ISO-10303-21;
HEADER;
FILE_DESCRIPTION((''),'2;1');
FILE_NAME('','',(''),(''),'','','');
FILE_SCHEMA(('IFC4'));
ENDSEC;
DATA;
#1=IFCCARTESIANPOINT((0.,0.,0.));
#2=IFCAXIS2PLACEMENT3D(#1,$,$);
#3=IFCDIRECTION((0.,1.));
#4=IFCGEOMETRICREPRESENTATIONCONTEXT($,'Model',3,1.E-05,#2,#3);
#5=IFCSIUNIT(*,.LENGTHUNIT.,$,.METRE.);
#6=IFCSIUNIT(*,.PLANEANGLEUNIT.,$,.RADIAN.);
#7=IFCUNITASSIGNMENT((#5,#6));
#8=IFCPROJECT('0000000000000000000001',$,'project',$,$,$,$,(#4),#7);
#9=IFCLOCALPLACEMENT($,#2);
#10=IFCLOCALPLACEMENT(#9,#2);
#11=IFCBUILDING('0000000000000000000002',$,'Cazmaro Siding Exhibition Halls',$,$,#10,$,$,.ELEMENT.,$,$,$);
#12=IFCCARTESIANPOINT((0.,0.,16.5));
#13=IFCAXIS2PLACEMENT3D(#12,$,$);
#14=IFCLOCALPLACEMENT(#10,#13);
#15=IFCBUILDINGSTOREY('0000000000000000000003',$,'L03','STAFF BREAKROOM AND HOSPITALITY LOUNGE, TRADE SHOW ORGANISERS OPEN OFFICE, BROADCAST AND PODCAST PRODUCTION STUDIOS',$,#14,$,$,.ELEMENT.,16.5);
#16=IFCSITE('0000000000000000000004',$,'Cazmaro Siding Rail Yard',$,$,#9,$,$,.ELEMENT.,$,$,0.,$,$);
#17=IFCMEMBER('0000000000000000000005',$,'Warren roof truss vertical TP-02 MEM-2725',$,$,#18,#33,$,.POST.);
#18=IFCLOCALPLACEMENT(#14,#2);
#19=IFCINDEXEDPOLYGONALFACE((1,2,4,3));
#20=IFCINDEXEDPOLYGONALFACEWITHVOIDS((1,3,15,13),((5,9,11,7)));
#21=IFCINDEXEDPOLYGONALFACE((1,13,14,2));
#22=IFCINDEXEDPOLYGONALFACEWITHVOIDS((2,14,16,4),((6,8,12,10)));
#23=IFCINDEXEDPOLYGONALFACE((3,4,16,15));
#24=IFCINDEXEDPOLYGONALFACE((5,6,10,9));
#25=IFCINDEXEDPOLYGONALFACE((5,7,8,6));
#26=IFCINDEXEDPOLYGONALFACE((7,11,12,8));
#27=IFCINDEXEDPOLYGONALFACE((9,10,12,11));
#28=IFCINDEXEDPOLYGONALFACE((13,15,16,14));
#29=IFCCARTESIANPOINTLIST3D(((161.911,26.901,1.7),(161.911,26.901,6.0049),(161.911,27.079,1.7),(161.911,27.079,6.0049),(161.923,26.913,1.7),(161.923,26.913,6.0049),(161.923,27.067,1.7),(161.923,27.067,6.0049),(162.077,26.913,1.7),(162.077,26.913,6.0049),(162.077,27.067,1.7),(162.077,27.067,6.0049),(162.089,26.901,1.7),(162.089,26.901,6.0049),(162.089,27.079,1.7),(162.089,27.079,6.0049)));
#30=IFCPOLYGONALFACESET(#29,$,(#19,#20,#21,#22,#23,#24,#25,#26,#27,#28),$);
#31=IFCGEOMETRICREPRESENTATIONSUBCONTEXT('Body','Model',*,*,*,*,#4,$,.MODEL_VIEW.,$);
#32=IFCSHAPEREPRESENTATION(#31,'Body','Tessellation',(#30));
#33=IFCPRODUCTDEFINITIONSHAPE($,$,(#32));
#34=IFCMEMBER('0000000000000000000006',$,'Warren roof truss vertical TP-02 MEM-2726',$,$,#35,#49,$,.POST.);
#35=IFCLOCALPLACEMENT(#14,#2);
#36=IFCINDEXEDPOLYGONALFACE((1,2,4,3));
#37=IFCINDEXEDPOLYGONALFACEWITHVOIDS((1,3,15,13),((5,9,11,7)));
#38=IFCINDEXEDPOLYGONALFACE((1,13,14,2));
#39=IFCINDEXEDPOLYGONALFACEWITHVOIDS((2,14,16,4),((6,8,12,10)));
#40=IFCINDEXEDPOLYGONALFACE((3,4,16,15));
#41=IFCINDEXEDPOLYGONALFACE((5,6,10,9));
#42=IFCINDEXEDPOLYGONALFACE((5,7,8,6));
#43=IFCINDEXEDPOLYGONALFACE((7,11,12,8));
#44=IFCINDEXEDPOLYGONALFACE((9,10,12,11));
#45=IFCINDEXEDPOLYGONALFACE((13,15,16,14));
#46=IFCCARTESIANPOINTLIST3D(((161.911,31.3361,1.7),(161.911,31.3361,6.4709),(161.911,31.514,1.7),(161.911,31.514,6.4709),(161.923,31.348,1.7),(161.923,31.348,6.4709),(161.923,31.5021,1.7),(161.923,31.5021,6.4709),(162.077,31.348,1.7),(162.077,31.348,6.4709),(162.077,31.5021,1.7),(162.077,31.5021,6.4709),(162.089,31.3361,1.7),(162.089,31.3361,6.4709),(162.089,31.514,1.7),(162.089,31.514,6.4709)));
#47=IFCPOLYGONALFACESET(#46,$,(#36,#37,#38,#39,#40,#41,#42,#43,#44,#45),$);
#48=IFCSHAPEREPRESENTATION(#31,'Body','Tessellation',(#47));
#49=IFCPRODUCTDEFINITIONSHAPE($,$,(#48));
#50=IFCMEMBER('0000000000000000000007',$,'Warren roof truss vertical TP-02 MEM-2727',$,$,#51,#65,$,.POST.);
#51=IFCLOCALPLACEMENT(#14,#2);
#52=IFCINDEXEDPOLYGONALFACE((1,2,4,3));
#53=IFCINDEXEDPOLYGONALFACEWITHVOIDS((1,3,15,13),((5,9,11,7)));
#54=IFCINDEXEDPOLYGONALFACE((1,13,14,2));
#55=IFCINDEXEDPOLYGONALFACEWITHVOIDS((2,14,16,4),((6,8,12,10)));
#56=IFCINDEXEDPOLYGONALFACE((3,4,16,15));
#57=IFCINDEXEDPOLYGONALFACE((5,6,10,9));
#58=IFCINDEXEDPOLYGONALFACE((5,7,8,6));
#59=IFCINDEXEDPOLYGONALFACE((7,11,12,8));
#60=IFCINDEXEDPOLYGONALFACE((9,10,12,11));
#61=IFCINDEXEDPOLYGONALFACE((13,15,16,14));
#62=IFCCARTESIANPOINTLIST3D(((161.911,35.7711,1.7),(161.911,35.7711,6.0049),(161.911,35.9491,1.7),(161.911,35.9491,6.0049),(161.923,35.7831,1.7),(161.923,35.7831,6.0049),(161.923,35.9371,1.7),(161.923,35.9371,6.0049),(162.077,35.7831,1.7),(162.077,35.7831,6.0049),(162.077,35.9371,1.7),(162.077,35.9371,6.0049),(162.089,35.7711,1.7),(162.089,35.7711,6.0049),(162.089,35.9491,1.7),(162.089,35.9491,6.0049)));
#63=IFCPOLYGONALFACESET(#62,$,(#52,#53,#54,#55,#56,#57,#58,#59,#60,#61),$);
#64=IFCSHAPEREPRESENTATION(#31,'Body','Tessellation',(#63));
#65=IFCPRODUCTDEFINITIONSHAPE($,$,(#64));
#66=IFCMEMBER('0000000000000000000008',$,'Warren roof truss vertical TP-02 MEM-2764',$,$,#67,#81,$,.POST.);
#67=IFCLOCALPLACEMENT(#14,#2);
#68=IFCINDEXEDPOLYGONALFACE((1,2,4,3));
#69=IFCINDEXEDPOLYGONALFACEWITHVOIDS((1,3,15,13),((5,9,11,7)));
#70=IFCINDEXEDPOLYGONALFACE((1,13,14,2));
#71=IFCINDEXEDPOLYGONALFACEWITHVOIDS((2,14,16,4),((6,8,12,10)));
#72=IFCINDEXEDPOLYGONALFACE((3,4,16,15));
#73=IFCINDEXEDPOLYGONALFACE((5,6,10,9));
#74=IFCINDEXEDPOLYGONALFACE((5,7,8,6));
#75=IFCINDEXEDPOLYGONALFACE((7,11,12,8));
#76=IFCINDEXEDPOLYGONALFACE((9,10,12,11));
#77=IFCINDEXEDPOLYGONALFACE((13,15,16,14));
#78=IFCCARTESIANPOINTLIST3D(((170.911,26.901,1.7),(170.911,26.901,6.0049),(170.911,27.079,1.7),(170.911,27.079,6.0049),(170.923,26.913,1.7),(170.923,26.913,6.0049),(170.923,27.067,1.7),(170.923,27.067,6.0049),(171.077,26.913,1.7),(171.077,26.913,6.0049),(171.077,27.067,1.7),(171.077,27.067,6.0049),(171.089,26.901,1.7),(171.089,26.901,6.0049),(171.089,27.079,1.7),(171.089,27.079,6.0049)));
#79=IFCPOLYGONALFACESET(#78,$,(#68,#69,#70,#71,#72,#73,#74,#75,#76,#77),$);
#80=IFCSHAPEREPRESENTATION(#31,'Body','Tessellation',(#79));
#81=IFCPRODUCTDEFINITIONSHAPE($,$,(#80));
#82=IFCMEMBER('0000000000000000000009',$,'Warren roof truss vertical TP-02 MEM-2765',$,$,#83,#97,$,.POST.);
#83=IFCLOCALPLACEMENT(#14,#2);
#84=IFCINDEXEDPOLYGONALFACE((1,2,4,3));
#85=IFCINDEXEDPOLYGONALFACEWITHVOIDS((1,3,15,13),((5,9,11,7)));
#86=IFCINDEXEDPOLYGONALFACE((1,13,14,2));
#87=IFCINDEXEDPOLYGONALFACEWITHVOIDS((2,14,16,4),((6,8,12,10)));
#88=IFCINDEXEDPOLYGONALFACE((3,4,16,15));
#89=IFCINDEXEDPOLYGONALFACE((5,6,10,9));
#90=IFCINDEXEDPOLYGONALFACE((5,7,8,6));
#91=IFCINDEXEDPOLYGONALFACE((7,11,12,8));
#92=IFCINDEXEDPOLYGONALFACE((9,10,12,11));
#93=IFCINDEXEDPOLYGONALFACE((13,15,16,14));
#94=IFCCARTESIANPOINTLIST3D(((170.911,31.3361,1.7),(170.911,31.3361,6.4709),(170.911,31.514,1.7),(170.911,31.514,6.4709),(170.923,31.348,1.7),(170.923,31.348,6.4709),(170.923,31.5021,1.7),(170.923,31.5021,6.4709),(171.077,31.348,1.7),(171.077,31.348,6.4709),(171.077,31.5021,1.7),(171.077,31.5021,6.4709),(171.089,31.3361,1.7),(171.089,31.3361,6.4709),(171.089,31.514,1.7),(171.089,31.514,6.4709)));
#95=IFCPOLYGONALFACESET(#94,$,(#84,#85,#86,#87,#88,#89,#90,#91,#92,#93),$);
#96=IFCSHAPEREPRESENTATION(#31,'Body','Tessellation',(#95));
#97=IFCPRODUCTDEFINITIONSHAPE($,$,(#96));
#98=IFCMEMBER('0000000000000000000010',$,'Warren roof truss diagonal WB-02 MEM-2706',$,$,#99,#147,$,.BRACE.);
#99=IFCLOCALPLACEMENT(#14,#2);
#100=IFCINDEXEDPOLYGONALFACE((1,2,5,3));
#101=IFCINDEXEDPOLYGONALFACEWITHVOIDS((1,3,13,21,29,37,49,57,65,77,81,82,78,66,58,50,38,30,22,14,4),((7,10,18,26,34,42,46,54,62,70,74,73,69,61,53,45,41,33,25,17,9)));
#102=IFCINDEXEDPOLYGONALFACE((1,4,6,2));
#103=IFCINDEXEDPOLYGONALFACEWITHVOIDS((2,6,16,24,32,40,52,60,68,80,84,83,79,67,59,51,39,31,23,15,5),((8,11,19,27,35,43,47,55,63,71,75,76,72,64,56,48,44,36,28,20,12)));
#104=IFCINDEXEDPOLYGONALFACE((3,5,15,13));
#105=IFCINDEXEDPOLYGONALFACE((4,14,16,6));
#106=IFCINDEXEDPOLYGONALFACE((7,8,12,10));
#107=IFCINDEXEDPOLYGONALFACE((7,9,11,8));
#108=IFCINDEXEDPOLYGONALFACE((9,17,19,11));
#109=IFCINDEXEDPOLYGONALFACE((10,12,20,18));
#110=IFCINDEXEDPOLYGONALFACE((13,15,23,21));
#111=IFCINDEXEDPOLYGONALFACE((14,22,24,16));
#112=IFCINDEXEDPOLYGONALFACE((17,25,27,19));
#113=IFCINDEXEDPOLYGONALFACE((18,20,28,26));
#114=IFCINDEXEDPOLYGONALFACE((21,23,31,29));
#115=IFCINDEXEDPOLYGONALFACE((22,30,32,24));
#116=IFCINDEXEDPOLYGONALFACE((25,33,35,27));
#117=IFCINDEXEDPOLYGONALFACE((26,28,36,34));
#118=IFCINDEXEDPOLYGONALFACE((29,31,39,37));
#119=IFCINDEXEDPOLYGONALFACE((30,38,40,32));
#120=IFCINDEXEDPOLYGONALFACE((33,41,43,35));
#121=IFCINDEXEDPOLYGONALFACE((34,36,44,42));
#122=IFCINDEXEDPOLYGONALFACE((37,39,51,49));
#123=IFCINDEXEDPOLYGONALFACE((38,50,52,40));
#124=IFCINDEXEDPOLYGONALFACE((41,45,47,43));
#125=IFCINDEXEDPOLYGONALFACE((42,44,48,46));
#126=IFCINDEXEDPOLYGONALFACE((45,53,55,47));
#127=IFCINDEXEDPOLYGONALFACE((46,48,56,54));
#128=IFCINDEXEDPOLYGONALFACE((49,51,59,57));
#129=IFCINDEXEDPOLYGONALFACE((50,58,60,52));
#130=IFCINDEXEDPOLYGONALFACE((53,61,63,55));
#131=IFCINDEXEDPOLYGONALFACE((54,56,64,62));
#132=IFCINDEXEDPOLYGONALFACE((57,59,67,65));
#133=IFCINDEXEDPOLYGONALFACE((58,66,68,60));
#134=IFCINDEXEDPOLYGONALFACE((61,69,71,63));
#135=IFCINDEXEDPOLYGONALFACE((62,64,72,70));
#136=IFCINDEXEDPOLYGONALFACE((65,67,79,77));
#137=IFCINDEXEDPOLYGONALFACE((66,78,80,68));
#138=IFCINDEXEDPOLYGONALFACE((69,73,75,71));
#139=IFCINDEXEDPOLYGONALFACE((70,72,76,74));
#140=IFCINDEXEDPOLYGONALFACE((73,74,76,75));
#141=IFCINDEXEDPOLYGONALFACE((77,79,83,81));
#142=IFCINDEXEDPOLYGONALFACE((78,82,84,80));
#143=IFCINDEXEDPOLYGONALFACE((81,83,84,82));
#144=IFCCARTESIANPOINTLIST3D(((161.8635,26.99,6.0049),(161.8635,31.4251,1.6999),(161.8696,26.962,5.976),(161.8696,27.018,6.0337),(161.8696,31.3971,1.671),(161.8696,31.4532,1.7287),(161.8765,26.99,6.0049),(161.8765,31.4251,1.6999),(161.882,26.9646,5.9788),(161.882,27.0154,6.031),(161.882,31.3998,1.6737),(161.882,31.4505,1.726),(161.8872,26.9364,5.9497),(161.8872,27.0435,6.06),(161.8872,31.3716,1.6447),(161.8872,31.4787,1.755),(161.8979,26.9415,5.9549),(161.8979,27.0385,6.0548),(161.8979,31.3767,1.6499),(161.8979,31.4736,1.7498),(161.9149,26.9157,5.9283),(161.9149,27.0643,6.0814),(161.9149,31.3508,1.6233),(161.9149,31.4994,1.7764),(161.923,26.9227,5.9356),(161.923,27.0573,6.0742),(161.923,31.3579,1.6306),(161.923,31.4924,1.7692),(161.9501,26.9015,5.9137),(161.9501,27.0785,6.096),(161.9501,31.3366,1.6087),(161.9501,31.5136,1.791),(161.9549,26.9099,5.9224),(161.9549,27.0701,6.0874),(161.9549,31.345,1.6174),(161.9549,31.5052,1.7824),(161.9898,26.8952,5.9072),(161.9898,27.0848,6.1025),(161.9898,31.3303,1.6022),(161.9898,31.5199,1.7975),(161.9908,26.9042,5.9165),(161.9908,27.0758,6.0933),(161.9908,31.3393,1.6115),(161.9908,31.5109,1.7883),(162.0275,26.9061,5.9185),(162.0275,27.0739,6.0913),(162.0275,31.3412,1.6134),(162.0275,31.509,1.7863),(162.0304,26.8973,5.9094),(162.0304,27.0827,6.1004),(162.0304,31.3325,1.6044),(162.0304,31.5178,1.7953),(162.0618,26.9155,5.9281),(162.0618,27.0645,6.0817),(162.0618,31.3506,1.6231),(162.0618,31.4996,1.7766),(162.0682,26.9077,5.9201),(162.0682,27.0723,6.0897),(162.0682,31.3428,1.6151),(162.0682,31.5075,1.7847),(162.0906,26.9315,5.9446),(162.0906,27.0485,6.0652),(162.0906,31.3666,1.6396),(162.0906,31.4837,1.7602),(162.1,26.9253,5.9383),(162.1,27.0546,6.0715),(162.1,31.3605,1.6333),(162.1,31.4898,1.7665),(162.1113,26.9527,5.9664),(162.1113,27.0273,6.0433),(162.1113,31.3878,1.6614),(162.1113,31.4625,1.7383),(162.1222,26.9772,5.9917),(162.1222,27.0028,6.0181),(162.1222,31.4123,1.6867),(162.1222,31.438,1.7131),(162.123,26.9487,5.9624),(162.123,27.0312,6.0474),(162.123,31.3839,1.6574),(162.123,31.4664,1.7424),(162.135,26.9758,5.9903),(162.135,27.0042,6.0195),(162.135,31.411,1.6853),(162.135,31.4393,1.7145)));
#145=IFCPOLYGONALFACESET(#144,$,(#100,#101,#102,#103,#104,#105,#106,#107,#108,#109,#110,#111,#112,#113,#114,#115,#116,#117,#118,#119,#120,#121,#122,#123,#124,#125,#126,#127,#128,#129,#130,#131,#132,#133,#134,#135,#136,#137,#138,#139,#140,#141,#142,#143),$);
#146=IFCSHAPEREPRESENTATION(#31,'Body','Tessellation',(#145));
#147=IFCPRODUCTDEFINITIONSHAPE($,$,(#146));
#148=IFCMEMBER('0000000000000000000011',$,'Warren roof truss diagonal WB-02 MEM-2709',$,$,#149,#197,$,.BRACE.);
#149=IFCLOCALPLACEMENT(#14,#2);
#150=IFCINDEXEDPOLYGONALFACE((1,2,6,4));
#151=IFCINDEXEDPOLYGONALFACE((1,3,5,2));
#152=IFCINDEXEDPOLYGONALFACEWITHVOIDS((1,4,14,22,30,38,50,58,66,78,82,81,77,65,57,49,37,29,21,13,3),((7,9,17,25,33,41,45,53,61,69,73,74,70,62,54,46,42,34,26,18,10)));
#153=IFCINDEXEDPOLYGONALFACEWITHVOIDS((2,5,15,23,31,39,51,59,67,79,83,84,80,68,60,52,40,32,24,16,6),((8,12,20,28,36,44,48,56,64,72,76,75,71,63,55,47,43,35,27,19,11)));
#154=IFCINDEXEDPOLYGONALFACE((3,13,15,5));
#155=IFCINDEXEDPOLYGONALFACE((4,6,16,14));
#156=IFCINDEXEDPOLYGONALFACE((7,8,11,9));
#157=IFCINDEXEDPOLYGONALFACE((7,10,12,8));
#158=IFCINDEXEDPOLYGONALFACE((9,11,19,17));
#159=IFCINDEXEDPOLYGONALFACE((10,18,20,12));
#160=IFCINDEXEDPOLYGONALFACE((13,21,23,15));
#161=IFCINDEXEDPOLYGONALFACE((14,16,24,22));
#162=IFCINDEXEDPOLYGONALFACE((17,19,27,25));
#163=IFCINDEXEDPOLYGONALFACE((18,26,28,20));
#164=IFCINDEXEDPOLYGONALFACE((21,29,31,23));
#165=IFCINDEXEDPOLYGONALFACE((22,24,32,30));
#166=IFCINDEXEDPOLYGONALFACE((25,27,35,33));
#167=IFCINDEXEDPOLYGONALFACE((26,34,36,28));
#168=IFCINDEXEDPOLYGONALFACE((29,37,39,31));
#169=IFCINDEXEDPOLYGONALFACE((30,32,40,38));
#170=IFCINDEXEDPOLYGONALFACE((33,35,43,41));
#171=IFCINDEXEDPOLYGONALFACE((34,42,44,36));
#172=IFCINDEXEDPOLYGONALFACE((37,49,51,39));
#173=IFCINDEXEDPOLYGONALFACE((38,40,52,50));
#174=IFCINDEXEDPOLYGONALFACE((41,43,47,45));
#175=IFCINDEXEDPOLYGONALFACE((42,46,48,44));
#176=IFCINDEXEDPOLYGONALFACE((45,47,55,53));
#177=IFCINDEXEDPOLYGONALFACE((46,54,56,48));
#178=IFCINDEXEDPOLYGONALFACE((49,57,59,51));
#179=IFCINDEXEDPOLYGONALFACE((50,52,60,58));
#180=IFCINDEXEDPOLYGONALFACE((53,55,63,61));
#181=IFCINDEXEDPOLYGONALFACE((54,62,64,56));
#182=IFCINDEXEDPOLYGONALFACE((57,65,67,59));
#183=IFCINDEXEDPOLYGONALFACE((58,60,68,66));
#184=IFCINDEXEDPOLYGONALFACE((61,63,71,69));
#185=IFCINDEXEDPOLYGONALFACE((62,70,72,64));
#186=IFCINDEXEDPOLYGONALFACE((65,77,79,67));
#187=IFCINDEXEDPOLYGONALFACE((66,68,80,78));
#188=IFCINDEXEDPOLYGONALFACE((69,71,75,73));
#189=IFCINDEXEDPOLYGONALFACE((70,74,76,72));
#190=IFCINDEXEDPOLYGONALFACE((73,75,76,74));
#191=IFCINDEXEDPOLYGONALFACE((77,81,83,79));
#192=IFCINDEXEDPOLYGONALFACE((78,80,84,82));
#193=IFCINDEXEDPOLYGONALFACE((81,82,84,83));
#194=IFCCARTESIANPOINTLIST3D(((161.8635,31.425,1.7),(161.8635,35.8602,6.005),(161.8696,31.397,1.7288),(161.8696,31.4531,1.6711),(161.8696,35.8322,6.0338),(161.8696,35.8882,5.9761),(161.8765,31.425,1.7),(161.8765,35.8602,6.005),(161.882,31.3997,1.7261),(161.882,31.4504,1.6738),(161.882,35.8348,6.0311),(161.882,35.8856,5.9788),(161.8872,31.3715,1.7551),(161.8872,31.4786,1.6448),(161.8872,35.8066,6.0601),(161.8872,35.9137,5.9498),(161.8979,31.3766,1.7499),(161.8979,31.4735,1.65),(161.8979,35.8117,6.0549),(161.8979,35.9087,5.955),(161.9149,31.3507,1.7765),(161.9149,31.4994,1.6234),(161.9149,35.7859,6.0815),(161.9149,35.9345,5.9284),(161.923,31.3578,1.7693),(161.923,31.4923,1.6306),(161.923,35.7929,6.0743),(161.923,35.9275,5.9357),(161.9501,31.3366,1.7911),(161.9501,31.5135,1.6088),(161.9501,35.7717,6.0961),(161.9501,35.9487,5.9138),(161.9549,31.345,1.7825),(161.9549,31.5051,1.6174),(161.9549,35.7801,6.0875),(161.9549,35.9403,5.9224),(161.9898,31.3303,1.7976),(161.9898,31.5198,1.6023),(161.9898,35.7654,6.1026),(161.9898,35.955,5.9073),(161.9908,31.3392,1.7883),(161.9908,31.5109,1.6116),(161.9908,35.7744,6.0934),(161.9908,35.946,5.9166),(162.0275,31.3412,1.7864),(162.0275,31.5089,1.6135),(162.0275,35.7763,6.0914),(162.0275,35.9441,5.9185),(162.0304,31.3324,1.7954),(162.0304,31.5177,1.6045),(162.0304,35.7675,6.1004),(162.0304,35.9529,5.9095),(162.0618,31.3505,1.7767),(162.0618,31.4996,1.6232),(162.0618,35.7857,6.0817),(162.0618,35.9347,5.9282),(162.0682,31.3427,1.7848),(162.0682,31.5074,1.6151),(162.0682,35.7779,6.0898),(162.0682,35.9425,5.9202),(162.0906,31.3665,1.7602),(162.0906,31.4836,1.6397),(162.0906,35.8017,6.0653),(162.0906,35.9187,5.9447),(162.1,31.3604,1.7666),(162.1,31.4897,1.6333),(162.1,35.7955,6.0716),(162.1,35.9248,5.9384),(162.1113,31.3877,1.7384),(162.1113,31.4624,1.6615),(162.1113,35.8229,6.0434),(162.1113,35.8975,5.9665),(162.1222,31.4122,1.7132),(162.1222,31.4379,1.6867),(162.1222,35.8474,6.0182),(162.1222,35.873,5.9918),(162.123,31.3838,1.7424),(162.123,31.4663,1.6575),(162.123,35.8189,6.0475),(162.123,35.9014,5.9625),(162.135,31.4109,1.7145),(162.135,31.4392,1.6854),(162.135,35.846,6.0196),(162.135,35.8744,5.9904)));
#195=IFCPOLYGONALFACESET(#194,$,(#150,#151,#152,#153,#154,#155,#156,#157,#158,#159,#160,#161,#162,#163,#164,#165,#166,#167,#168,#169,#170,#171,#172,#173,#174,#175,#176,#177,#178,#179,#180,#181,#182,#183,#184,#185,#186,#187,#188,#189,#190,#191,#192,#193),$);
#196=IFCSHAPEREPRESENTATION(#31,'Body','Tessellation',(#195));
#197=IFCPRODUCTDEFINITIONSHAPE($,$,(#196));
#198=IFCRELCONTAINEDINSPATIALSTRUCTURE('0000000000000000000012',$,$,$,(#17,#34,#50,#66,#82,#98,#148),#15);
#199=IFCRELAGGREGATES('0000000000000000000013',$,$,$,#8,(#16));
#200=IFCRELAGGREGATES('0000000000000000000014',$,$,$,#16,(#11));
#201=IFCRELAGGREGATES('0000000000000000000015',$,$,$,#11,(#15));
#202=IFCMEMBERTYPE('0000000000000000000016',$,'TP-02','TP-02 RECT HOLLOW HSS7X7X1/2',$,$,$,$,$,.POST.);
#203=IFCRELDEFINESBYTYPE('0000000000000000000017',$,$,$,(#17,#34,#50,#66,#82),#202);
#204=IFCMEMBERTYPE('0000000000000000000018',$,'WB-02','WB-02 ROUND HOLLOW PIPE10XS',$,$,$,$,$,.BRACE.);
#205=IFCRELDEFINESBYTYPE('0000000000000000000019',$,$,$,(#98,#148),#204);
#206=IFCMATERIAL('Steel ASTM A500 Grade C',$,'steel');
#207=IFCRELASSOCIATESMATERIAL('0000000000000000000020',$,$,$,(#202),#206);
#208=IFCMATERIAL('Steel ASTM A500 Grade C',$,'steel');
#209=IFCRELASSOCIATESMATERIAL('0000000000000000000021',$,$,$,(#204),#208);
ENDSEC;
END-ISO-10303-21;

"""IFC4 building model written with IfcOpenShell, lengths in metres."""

from ifc_helpers import new_model, si_unit, direction, frame, origin, origin_2d, place, context, subcontext, project, spatial, hollow_rectangle, hollow_circle, extrude, material, material_profile, profile_set, type_object, element, save


model = new_model("IFC4")

# Units and contexts
model_context = context("Model", 3, precision=1e-05, world=origin(), true_north=direction((0.0, 1.0)))
body_context = subcontext(model_context, "Body", "Model", "MODEL_VIEW")
ifc_project = project(units=[si_unit("LENGTHUNIT", "METRE"), si_unit("PLANEANGLEUNIT", "RADIAN")], contexts=[model_context])

# Site, building, storey
site_placement = place(None, origin())
site = spatial("IfcSite", under=ifc_project, at=site_placement, Name="Cazmaro Siding Rail Yard", CompositionType="ELEMENT", RefElevation=0.0)
building_placement = place(site_placement, origin())
building = spatial("IfcBuilding", under=site, at=building_placement, Name="Cazmaro Siding Exhibition Halls", CompositionType="ELEMENT")
storey_placement = place(building_placement, frame((0.0, 0.0, 16.5)))
storey = spatial("IfcBuildingStorey", under=building, at=storey_placement, Name="L03", Description="STAFF BREAKROOM AND HOSPITALITY LOUNGE, TRADE SHOW ORGANISERS OPEN OFFICE, BROADCAST AND PODCAST PRODUCTION STUDIOS", CompositionType="ELEMENT", Elevation=16.5)

# Members
ifc_material_1 = material(Name="Steel ASTM A500 Grade C", Category="steel")
ifc_material_profile_1 = material_profile(ifc_material_1, hollow_rectangle(XDim=0.178, YDim=0.178, WallThickness=0.012, at=origin_2d()), Name="HSS7X7X1/2")
ifc_profile_set_1 = profile_set([ifc_material_profile_1], Name="Steel ASTM A500 Grade C")
member_type_1 = type_object("IfcMemberType", Name="TP-02", Description="TP-02 RECT HOLLOW HSS7X7X1/2", PredefinedType="POST", material=ifc_profile_set_1)
for number, where, z_axis, x_axis, name in (
    (1, (162.0, 26.99, 1.7), (0.0, 0.0, 1.0), (1.0, 0.0, 0.0), "Warren roof truss vertical TP-02 MEM-2725"),
):
    element("IfcMember", number, at=place(storey_placement, frame(where, z_axis=z_axis, x_axis=x_axis)), inside=storey, type_object=member_type_1, Name=name, PredefinedType="POST", context=body_context, shape_type="SweptSolid", body=[
        extrude(hollow_rectangle(XDim=0.178, YDim=0.178, WallThickness=0.012, at=origin_2d()), origin(), (0.0, 0.0, 1.0), 4.3049),
    ])
member_1_placement = place(storey_placement, frame((162.0, 31.425, 1.7), z_axis=(0.0, 0.0, 1.0), x_axis=(1.0, 0.0, 0.0)))
element("IfcMember", 2, at=member_1_placement, inside=storey, type_object=member_type_1, Name="Warren roof truss vertical TP-02 MEM-2726", PredefinedType="POST", context=body_context, shape_type="SweptSolid", body=[
    extrude(hollow_rectangle(XDim=0.178, YDim=0.178, WallThickness=0.012, at=origin_2d()), origin(), (0.0, 0.0, 1.0), 4.771),
])
for number, where, z_axis, x_axis, name in (
    (3, (162.0, 35.8601, 1.7), (0.0, 0.0, 1.0), (1.0, 0.0, 0.0), "Warren roof truss vertical TP-02 MEM-2727"),
    (4, (171.0, 26.99, 1.7), (0.0, 0.0, 1.0), (1.0, 0.0, 0.0), "Warren roof truss vertical TP-02 MEM-2764"),
):
    element("IfcMember", number, at=place(storey_placement, frame(where, z_axis=z_axis, x_axis=x_axis)), inside=storey, type_object=member_type_1, Name=name, PredefinedType="POST", context=body_context, shape_type="SweptSolid", body=[
        extrude(hollow_rectangle(XDim=0.178, YDim=0.178, WallThickness=0.012, at=origin_2d()), origin(), (0.0, 0.0, 1.0), 4.3049),
    ])
member_2_placement = place(storey_placement, frame((171.0, 31.425, 1.7), z_axis=(0.0, 0.0, 1.0), x_axis=(1.0, 0.0, 0.0)))
element("IfcMember", 5, at=member_2_placement, inside=storey, type_object=member_type_1, Name="Warren roof truss vertical TP-02 MEM-2765", PredefinedType="POST", context=body_context, shape_type="SweptSolid", body=[
    extrude(hollow_rectangle(XDim=0.178, YDim=0.178, WallThickness=0.012, at=origin_2d()), origin(), (0.0, 0.0, 1.0), 4.771),
])
ifc_material_2 = material(Name="Steel ASTM A500 Grade C", Category="steel")
ifc_material_profile_2 = material_profile(ifc_material_2, hollow_circle(Radius=0.1365, WallThickness=0.0129, at=origin_2d()), Name="PIPE10XS")
ifc_profile_set_2 = profile_set([ifc_material_profile_2], Name="Steel ASTM A500 Grade C")
member_type_2 = type_object("IfcMemberType", Name="WB-02", Description="WB-02 ROUND HOLLOW PIPE10XS", PredefinedType="BRACE", material=ifc_profile_set_2)
for number, where, z_axis, x_axis, name in (
    (6, (162.0, 26.99, 6.0049), (0.0, 0.717555, -0.696502), (-1.0, 0.0, 0.0), "Warren roof truss diagonal WB-02 MEM-2706"),
    (7, (162.0, 31.425, 1.7), (0.0, 0.717555, 0.696502), (-1.0, 0.0, 0.0), "Warren roof truss diagonal WB-02 MEM-2709"),
):
    element("IfcMember", number, at=place(storey_placement, frame(where, z_axis=z_axis, x_axis=x_axis)), inside=storey, type_object=member_type_2, Name=name, PredefinedType="BRACE", context=body_context, shape_type="SweptSolid", body=[
        extrude(hollow_circle(Radius=0.1365, WallThickness=0.0129, at=origin_2d()), origin(), (0.0, 0.0, 1.0), 6.1809),
    ])

save(model, "model.ifc")
